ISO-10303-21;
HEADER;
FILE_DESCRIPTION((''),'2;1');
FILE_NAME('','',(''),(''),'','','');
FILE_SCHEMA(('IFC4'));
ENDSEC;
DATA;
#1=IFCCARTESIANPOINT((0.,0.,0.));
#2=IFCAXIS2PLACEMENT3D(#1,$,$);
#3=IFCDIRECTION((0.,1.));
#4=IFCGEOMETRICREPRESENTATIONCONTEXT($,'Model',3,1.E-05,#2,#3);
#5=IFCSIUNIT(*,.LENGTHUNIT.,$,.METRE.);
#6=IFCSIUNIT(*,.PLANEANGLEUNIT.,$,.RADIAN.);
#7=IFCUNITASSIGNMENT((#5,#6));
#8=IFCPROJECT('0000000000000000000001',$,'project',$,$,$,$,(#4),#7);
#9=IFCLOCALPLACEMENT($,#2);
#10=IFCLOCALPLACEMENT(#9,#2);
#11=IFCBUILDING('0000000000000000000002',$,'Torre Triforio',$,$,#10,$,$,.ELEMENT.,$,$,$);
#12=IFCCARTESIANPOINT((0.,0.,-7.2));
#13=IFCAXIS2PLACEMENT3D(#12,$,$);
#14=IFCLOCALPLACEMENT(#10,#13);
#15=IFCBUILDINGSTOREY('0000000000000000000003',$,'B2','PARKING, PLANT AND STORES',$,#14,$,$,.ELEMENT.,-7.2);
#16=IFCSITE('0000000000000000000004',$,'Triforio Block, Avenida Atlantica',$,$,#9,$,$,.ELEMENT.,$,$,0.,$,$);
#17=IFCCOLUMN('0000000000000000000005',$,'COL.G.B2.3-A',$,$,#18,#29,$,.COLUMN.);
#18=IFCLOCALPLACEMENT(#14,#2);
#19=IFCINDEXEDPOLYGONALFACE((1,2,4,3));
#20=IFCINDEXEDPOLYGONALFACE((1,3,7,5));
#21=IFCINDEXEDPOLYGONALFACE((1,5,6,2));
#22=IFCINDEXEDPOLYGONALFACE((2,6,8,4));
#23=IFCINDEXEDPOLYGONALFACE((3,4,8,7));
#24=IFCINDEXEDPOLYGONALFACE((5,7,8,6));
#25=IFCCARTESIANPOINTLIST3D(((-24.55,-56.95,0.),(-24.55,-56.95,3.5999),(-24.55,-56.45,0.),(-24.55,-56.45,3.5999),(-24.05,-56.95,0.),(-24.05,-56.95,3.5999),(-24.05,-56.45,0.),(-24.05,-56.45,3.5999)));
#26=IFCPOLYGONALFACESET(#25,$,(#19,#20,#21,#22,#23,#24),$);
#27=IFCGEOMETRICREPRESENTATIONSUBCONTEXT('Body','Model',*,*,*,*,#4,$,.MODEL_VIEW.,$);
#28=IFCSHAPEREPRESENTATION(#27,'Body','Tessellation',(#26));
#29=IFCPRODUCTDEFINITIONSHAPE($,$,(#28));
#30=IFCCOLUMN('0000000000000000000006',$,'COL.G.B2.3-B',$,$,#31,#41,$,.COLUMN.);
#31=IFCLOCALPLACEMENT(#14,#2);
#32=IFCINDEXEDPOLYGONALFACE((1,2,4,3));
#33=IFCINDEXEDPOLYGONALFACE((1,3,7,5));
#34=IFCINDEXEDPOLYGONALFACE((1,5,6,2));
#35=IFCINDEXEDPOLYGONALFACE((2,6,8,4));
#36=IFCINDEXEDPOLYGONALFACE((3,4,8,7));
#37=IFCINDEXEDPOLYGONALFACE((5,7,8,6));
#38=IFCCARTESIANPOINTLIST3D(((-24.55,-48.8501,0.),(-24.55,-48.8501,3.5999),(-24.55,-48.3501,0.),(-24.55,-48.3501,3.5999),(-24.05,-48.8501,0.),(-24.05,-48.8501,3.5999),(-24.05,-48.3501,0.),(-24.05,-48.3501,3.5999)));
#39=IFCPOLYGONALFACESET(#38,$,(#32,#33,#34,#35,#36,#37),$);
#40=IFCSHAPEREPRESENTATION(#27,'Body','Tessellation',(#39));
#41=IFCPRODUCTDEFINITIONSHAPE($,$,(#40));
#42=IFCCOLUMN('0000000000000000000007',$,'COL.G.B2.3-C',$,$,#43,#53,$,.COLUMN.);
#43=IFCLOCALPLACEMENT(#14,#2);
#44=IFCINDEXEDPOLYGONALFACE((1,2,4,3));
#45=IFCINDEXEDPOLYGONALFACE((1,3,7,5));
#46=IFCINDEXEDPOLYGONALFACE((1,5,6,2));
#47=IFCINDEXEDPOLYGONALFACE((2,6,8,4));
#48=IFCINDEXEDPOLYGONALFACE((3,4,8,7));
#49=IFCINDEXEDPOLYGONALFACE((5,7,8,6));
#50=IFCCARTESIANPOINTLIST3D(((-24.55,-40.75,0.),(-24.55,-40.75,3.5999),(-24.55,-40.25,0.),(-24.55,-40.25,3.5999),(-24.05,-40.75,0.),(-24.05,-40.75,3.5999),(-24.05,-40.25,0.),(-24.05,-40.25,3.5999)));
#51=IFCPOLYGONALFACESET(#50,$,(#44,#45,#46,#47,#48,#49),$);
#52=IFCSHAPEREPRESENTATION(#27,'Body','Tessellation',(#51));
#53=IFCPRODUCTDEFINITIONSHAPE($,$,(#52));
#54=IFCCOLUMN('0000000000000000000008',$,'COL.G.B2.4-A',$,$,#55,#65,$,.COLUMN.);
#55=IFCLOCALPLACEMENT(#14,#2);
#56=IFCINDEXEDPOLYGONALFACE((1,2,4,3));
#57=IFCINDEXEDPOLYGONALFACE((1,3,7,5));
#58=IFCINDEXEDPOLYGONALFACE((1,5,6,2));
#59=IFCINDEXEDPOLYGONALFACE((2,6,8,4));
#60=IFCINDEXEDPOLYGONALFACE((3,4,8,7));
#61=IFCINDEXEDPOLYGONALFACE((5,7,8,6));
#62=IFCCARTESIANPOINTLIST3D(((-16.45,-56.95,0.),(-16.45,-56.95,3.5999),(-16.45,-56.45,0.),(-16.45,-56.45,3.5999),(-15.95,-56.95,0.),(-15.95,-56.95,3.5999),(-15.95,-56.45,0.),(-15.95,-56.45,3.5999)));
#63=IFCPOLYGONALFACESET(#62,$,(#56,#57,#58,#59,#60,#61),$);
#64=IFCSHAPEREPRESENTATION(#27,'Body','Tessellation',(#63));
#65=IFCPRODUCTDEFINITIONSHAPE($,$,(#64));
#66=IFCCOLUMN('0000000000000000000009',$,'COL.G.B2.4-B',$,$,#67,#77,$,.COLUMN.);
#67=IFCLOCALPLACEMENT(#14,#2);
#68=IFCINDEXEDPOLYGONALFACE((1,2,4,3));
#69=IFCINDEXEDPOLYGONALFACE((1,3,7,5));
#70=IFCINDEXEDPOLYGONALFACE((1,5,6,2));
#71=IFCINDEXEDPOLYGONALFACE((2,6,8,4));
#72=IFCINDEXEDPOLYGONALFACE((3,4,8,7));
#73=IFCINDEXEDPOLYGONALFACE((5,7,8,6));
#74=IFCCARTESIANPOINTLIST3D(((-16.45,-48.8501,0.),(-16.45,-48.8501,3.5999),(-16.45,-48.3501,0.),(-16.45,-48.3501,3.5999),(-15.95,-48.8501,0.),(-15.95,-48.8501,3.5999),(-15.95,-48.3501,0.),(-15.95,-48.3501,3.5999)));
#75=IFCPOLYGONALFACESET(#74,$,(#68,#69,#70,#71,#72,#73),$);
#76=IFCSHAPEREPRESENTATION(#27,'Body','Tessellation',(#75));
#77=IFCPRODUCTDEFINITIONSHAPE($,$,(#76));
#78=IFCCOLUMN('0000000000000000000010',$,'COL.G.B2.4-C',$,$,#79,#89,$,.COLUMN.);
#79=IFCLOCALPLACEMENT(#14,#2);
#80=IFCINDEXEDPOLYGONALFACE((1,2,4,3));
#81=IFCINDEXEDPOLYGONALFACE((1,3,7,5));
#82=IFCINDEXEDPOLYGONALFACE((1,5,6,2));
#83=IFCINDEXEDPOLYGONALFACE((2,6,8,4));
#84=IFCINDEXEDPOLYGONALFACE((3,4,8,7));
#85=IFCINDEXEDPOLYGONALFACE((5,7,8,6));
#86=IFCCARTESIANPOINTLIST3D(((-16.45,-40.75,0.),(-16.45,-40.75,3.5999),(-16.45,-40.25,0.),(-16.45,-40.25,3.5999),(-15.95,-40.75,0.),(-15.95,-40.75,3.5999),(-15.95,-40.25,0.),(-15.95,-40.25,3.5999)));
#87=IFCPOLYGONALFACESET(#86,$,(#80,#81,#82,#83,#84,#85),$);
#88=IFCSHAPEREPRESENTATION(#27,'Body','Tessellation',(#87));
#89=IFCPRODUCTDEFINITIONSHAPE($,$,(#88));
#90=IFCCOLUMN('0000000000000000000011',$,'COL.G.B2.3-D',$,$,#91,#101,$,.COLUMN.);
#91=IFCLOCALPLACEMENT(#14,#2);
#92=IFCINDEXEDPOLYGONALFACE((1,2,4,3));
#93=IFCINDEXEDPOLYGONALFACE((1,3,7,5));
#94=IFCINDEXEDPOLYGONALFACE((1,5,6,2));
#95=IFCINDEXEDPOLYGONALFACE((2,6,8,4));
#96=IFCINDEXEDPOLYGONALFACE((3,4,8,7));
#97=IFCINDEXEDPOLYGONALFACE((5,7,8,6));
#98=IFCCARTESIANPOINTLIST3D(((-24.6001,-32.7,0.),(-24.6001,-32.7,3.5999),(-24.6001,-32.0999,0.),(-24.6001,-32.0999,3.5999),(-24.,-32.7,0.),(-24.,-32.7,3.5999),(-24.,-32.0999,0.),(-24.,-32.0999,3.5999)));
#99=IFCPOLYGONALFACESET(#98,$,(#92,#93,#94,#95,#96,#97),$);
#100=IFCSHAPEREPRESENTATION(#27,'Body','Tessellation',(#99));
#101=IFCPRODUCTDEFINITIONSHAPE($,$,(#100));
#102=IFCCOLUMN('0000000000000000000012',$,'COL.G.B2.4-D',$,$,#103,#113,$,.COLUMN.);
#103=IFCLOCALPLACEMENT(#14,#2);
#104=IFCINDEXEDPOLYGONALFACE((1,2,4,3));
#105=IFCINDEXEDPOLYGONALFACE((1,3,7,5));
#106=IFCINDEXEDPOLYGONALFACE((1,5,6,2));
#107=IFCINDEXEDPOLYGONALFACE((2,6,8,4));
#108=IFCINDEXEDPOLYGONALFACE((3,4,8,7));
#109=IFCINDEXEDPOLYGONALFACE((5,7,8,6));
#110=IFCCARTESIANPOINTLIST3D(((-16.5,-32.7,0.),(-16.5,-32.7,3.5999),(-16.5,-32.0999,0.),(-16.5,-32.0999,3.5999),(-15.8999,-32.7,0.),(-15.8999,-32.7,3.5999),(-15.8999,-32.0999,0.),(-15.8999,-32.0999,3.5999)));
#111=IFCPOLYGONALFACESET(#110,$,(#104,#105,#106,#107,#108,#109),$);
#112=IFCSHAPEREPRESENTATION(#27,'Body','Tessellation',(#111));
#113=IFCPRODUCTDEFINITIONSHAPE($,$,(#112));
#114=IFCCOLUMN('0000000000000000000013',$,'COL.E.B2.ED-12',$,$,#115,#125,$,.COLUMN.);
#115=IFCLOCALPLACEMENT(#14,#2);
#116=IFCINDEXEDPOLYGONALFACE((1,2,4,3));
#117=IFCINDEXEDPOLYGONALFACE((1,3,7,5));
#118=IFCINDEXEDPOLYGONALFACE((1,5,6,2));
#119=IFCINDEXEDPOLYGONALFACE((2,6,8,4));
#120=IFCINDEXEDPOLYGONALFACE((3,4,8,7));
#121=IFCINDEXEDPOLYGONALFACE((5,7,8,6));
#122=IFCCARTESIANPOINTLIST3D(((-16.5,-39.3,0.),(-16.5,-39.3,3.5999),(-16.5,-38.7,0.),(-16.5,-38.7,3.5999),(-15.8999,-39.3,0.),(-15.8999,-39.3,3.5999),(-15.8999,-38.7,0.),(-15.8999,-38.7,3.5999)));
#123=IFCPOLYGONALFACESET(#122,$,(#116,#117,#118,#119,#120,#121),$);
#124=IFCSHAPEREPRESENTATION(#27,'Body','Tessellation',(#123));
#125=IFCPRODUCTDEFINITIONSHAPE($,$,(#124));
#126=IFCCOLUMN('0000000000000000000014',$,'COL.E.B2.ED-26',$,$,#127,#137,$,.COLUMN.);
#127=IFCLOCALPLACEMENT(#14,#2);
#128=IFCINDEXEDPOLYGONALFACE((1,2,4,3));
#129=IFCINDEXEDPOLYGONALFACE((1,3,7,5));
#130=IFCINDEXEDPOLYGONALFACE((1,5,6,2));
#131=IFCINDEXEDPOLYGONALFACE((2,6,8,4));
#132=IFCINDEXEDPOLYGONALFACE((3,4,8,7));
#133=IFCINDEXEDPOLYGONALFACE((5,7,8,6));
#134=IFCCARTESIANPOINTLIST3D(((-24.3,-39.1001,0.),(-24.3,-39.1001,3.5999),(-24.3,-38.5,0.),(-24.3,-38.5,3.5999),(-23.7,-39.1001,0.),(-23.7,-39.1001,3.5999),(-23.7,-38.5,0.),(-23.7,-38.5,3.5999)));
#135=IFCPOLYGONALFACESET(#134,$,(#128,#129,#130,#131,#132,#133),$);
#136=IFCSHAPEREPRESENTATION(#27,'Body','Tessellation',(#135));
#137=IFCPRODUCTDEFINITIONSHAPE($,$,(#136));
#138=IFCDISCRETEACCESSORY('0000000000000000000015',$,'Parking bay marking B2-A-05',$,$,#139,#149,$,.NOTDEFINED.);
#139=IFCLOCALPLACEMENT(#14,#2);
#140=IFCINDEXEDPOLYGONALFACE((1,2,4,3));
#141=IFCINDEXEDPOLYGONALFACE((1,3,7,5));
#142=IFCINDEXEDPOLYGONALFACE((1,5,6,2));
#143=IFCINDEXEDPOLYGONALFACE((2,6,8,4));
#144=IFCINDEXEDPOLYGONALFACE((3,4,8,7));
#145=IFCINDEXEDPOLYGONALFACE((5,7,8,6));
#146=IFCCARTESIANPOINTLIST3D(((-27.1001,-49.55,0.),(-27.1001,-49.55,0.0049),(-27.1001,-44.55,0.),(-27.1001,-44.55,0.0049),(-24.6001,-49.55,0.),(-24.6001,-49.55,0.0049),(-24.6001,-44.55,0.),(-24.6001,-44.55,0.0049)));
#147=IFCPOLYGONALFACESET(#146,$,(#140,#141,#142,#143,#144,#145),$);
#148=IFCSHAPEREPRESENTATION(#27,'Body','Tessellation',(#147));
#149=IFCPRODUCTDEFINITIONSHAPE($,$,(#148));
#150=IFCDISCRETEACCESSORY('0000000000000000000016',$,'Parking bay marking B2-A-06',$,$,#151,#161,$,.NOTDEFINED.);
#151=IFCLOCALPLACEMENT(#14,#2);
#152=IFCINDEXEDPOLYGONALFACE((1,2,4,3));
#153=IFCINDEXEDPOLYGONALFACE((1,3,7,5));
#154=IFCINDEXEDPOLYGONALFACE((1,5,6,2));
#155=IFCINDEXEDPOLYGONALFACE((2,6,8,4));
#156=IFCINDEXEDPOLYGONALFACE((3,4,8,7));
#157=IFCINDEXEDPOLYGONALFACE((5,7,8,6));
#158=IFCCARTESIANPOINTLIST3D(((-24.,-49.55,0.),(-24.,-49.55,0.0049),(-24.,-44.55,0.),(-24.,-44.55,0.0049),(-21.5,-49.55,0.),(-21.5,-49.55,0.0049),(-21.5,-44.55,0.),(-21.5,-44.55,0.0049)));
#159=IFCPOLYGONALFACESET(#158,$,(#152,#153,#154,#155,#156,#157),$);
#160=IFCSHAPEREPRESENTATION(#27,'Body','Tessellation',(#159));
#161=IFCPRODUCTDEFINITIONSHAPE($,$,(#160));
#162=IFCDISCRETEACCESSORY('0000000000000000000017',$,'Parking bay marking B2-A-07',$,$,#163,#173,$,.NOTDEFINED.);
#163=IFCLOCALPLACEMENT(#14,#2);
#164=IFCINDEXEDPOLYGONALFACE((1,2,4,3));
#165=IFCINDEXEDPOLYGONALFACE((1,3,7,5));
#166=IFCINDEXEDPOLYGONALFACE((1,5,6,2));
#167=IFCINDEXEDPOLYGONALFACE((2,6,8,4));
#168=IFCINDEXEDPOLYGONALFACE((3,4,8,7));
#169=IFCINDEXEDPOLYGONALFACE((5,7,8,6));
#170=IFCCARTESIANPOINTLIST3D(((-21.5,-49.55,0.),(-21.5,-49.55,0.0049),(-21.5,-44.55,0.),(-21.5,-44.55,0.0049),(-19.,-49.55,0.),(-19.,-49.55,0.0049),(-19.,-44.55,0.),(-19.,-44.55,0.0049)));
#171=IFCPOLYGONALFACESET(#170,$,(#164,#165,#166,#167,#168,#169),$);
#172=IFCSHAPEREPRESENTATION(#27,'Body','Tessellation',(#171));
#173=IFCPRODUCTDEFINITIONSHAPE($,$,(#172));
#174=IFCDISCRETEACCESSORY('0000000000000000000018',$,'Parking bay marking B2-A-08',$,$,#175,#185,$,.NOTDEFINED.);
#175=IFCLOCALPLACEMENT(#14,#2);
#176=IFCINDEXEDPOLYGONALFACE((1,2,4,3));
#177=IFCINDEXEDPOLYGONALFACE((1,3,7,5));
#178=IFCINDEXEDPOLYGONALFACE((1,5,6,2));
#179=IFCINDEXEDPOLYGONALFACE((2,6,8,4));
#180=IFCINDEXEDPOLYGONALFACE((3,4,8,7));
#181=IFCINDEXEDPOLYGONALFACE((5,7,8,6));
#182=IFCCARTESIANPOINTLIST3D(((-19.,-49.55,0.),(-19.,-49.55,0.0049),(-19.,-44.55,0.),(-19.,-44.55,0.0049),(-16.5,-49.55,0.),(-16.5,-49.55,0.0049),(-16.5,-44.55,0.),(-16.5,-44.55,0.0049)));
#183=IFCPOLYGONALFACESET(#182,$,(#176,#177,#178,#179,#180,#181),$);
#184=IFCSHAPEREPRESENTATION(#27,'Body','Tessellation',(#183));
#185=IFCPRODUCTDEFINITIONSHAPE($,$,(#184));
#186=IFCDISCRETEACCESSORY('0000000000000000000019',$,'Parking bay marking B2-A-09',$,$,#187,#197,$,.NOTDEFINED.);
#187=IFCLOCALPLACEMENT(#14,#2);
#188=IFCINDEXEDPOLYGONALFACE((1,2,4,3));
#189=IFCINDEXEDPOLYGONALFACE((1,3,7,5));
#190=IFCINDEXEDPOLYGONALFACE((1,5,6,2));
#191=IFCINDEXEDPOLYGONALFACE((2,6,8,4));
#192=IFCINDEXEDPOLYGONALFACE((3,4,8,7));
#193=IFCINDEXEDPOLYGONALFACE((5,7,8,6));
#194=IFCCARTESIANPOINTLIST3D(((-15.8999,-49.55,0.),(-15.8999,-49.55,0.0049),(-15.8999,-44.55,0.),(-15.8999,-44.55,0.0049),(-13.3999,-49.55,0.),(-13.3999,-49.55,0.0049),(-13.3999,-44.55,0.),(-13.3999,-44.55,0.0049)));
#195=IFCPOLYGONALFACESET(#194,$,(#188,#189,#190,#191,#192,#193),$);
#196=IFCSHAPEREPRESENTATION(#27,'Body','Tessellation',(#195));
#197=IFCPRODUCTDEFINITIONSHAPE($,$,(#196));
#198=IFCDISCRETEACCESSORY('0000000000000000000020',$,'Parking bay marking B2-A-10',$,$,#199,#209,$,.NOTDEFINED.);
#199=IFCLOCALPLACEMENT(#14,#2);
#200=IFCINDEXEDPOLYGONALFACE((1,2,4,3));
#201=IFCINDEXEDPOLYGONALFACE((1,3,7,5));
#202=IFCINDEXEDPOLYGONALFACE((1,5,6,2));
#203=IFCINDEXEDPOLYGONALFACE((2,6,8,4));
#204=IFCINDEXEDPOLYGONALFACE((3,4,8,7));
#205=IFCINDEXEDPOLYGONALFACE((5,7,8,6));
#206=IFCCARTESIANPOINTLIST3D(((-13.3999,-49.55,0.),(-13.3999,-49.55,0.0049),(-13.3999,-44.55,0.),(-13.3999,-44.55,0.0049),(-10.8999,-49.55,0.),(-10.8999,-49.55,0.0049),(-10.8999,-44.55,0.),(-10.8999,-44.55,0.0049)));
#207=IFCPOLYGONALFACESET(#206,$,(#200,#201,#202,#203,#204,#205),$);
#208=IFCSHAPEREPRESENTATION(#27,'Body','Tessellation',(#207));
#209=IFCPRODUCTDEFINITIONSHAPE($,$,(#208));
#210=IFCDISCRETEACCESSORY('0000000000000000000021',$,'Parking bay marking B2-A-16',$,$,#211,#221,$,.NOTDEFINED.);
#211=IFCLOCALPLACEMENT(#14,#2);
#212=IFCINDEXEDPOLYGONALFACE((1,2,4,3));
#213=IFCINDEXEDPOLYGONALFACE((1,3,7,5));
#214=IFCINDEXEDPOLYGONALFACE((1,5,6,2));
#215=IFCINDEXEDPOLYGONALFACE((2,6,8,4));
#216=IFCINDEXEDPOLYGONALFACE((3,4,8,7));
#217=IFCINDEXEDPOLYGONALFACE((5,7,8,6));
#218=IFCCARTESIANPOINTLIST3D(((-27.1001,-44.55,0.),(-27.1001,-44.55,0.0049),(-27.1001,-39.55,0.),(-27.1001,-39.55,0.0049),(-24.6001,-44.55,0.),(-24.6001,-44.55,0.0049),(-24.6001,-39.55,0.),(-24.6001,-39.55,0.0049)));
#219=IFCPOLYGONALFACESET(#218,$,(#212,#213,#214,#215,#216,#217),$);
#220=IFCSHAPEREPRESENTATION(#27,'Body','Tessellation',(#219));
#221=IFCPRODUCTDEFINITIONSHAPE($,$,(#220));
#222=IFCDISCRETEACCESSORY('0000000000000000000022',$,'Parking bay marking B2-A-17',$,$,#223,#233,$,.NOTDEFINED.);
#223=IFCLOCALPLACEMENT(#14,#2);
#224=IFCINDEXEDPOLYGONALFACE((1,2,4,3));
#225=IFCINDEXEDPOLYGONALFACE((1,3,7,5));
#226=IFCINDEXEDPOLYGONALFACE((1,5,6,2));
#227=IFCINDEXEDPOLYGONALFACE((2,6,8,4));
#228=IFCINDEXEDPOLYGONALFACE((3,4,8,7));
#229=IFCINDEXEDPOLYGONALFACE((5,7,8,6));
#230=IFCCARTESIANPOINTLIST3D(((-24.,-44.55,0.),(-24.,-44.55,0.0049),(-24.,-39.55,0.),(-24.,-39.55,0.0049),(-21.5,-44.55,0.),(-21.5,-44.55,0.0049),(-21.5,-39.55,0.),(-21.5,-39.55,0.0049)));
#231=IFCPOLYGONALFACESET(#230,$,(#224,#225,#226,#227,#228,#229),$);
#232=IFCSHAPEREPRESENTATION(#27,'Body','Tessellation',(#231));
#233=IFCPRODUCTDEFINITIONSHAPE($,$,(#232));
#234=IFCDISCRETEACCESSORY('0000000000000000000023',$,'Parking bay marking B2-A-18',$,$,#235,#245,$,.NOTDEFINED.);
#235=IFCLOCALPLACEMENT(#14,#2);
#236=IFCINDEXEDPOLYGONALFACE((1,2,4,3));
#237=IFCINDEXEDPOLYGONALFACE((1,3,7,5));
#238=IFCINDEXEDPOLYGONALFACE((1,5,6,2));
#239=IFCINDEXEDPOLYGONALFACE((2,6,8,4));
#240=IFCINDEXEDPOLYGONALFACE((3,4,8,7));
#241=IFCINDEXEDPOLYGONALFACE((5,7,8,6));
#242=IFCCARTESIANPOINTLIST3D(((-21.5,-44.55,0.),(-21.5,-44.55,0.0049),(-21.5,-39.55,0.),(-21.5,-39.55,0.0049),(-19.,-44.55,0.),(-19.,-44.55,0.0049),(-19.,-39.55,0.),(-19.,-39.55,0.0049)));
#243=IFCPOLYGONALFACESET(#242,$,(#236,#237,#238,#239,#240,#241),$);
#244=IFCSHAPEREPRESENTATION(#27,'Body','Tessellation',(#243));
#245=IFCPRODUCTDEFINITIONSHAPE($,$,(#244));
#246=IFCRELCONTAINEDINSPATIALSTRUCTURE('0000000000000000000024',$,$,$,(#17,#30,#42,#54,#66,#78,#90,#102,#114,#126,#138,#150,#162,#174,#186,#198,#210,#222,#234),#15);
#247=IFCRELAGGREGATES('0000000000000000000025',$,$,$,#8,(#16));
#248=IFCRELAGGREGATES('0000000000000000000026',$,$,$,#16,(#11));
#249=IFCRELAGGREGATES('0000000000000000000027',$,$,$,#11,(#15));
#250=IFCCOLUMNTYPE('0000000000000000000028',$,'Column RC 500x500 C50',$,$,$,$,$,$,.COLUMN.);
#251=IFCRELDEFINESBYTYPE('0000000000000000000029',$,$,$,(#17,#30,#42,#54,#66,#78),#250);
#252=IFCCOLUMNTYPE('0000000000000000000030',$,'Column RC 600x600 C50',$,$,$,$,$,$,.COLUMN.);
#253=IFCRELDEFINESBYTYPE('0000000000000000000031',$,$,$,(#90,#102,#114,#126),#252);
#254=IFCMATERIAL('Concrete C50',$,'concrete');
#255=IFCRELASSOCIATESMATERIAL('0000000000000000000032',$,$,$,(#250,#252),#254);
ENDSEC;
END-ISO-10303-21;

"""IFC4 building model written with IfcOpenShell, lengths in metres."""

from ifc_helpers import new_model, si_unit, direction, frame, origin, origin_2d, place, context, subcontext, project, spatial, rectangle, extrude, material, material_profile, profile_set, type_object, element, save


model = new_model("IFC4")

# Units and contexts
model_context = context("Model", 3, precision=1e-05, world=origin(), true_north=direction((0.0, 1.0)))
body_context = subcontext(model_context, "Body", "Model", "MODEL_VIEW")
ifc_project = project(units=[si_unit("LENGTHUNIT", "METRE"), si_unit("PLANEANGLEUNIT", "RADIAN")], contexts=[model_context])

# Site, building, storey
site_placement = place(None, origin())
site = spatial("IfcSite", under=ifc_project, at=site_placement, Name="Triforio Block, Avenida Atlantica", CompositionType="ELEMENT", RefElevation=0.0)
building_placement = place(site_placement, origin())
building = spatial("IfcBuilding", under=site, at=building_placement, Name="Torre Triforio", CompositionType="ELEMENT")
storey_placement = place(building_placement, frame((0.0, 0.0, -7.2)))
storey = spatial("IfcBuildingStorey", under=building, at=storey_placement, Name="B2", Description="PARKING, PLANT AND STORES", CompositionType="ELEMENT", Elevation=-7.2)

# Columns
ifc_material = material(Name="Concrete C50", Category="concrete")
ifc_material_profile_1 = material_profile(ifc_material, rectangle(XDim=0.5, YDim=0.5, at=origin_2d()), Name="RC 500x500")
ifc_profile_set_1 = profile_set([ifc_material_profile_1], Name="Concrete C50")
column_type_1 = type_object("IfcColumnType", Name="Column RC 500x500 C50", PredefinedType="COLUMN", material=ifc_profile_set_1)
for number, where, z_axis, x_axis, name in (
    (1, (-24.3, -56.7, 0.0), (0.0, 0.0, 1.0), (1.0, 0.0, 0.0), "COL.G.B2.3-A"),
    (2, (-24.3, -48.6001, 0.0), (0.0, 0.0, 1.0), (1.0, 0.0, 0.0), "COL.G.B2.3-B"),
    (3, (-24.3, -40.5, 0.0), (0.0, 0.0, 1.0), (1.0, 0.0, 0.0), "COL.G.B2.3-C"),
    (4, (-16.2, -56.7, 0.0), (0.0, 0.0, 1.0), (1.0, 0.0, 0.0), "COL.G.B2.4-A"),
    (5, (-16.2, -48.6001, 0.0), (0.0, 0.0, 1.0), (1.0, 0.0, 0.0), "COL.G.B2.4-B"),
    (6, (-16.2, -40.5, 0.0), (0.0, 0.0, 1.0), (1.0, 0.0, 0.0), "COL.G.B2.4-C"),
):
    element("IfcColumn", number, at=place(storey_placement, frame(where, z_axis=z_axis, x_axis=x_axis)), inside=storey, type_object=column_type_1, Name=name, PredefinedType="COLUMN", context=body_context, shape_type="SweptSolid", body=[
        extrude(rectangle(XDim=0.5, YDim=0.5, at=origin_2d()), origin(), (0.0, 0.0, 1.0), 3.5999),
    ])
ifc_material_profile_2 = material_profile(ifc_material, rectangle(XDim=0.6001, YDim=0.6001, at=origin_2d()), Name="RC 600x600")
ifc_profile_set_2 = profile_set([ifc_material_profile_2], Name="Concrete C50")
column_type_2 = type_object("IfcColumnType", Name="Column RC 600x600 C50", PredefinedType="COLUMN", material=ifc_profile_set_2)
for number, where, z_axis, x_axis, name in (
    (7, (-24.3, -32.3999, 0.0), (0.0, 0.0, 1.0), (1.0, 0.0, 0.0), "COL.G.B2.3-D"),
    (8, (-16.2, -32.3999, 0.0), (0.0, 0.0, 1.0), (1.0, 0.0, 0.0), "COL.G.B2.4-D"),
    (9, (-16.2, -39.0, 0.0), (0.0, 0.0, 1.0), (1.0, 0.0, 0.0), "COL.E.B2.ED-12"),
    (10, (-24.0, -38.8, 0.0), (0.0, 0.0, 1.0), (1.0, 0.0, 0.0), "COL.E.B2.ED-26"),
):
    element("IfcColumn", number, at=place(storey_placement, frame(where, z_axis=z_axis, x_axis=x_axis)), inside=storey, type_object=column_type_2, Name=name, PredefinedType="COLUMN", context=body_context, shape_type="SweptSolid", body=[
        extrude(rectangle(XDim=0.6001, YDim=0.6001, at=origin_2d()), origin(), (0.0, 0.0, 1.0), 3.5999),
    ])

# Discrete accessories
for number, where, z_axis, x_axis, name in (
    (11, (-25.8501, -47.05, 0.0), (0.0, 0.0, 1.0), (1.0, 0.0, 0.0), "Parking bay marking B2-A-05"),
    (12, (-22.75, -47.05, 0.0), (0.0, 0.0, 1.0), (1.0, 0.0, 0.0), "Parking bay marking B2-A-06"),
    (13, (-20.25, -47.05, 0.0), (0.0, 0.0, 1.0), (1.0, 0.0, 0.0), "Parking bay marking B2-A-07"),
    (14, (-17.75, -47.05, 0.0), (0.0, 0.0, 1.0), (1.0, 0.0, 0.0), "Parking bay marking B2-A-08"),
    (15, (-14.6499, -47.05, 0.0), (0.0, 0.0, 1.0), (1.0, 0.0, 0.0), "Parking bay marking B2-A-09"),
    (16, (-12.1499, -47.05, 0.0), (0.0, 0.0, 1.0), (1.0, 0.0, 0.0), "Parking bay marking B2-A-10"),
    (17, (-25.8501, -42.05, 0.0), (0.0, 0.0, 1.0), (1.0, 0.0, 0.0), "Parking bay marking B2-A-16"),
    (18, (-22.75, -42.05, 0.0), (0.0, 0.0, 1.0), (1.0, 0.0, 0.0), "Parking bay marking B2-A-17"),
    (19, (-20.25, -42.05, 0.0), (0.0, 0.0, 1.0), (1.0, 0.0, 0.0), "Parking bay marking B2-A-18"),
):
    element("IfcDiscreteAccessory", number, at=place(storey_placement, frame(where, z_axis=z_axis, x_axis=x_axis)), inside=storey, Name=name, PredefinedType="NOTDEFINED", context=body_context, shape_type="SweptSolid", body=[
        extrude(rectangle(XDim=2.5, YDim=5.0, at=origin_2d()), origin(), (0.0, 0.0, 1.0), 0.0049),
    ])

save(model, "model.ifc")
